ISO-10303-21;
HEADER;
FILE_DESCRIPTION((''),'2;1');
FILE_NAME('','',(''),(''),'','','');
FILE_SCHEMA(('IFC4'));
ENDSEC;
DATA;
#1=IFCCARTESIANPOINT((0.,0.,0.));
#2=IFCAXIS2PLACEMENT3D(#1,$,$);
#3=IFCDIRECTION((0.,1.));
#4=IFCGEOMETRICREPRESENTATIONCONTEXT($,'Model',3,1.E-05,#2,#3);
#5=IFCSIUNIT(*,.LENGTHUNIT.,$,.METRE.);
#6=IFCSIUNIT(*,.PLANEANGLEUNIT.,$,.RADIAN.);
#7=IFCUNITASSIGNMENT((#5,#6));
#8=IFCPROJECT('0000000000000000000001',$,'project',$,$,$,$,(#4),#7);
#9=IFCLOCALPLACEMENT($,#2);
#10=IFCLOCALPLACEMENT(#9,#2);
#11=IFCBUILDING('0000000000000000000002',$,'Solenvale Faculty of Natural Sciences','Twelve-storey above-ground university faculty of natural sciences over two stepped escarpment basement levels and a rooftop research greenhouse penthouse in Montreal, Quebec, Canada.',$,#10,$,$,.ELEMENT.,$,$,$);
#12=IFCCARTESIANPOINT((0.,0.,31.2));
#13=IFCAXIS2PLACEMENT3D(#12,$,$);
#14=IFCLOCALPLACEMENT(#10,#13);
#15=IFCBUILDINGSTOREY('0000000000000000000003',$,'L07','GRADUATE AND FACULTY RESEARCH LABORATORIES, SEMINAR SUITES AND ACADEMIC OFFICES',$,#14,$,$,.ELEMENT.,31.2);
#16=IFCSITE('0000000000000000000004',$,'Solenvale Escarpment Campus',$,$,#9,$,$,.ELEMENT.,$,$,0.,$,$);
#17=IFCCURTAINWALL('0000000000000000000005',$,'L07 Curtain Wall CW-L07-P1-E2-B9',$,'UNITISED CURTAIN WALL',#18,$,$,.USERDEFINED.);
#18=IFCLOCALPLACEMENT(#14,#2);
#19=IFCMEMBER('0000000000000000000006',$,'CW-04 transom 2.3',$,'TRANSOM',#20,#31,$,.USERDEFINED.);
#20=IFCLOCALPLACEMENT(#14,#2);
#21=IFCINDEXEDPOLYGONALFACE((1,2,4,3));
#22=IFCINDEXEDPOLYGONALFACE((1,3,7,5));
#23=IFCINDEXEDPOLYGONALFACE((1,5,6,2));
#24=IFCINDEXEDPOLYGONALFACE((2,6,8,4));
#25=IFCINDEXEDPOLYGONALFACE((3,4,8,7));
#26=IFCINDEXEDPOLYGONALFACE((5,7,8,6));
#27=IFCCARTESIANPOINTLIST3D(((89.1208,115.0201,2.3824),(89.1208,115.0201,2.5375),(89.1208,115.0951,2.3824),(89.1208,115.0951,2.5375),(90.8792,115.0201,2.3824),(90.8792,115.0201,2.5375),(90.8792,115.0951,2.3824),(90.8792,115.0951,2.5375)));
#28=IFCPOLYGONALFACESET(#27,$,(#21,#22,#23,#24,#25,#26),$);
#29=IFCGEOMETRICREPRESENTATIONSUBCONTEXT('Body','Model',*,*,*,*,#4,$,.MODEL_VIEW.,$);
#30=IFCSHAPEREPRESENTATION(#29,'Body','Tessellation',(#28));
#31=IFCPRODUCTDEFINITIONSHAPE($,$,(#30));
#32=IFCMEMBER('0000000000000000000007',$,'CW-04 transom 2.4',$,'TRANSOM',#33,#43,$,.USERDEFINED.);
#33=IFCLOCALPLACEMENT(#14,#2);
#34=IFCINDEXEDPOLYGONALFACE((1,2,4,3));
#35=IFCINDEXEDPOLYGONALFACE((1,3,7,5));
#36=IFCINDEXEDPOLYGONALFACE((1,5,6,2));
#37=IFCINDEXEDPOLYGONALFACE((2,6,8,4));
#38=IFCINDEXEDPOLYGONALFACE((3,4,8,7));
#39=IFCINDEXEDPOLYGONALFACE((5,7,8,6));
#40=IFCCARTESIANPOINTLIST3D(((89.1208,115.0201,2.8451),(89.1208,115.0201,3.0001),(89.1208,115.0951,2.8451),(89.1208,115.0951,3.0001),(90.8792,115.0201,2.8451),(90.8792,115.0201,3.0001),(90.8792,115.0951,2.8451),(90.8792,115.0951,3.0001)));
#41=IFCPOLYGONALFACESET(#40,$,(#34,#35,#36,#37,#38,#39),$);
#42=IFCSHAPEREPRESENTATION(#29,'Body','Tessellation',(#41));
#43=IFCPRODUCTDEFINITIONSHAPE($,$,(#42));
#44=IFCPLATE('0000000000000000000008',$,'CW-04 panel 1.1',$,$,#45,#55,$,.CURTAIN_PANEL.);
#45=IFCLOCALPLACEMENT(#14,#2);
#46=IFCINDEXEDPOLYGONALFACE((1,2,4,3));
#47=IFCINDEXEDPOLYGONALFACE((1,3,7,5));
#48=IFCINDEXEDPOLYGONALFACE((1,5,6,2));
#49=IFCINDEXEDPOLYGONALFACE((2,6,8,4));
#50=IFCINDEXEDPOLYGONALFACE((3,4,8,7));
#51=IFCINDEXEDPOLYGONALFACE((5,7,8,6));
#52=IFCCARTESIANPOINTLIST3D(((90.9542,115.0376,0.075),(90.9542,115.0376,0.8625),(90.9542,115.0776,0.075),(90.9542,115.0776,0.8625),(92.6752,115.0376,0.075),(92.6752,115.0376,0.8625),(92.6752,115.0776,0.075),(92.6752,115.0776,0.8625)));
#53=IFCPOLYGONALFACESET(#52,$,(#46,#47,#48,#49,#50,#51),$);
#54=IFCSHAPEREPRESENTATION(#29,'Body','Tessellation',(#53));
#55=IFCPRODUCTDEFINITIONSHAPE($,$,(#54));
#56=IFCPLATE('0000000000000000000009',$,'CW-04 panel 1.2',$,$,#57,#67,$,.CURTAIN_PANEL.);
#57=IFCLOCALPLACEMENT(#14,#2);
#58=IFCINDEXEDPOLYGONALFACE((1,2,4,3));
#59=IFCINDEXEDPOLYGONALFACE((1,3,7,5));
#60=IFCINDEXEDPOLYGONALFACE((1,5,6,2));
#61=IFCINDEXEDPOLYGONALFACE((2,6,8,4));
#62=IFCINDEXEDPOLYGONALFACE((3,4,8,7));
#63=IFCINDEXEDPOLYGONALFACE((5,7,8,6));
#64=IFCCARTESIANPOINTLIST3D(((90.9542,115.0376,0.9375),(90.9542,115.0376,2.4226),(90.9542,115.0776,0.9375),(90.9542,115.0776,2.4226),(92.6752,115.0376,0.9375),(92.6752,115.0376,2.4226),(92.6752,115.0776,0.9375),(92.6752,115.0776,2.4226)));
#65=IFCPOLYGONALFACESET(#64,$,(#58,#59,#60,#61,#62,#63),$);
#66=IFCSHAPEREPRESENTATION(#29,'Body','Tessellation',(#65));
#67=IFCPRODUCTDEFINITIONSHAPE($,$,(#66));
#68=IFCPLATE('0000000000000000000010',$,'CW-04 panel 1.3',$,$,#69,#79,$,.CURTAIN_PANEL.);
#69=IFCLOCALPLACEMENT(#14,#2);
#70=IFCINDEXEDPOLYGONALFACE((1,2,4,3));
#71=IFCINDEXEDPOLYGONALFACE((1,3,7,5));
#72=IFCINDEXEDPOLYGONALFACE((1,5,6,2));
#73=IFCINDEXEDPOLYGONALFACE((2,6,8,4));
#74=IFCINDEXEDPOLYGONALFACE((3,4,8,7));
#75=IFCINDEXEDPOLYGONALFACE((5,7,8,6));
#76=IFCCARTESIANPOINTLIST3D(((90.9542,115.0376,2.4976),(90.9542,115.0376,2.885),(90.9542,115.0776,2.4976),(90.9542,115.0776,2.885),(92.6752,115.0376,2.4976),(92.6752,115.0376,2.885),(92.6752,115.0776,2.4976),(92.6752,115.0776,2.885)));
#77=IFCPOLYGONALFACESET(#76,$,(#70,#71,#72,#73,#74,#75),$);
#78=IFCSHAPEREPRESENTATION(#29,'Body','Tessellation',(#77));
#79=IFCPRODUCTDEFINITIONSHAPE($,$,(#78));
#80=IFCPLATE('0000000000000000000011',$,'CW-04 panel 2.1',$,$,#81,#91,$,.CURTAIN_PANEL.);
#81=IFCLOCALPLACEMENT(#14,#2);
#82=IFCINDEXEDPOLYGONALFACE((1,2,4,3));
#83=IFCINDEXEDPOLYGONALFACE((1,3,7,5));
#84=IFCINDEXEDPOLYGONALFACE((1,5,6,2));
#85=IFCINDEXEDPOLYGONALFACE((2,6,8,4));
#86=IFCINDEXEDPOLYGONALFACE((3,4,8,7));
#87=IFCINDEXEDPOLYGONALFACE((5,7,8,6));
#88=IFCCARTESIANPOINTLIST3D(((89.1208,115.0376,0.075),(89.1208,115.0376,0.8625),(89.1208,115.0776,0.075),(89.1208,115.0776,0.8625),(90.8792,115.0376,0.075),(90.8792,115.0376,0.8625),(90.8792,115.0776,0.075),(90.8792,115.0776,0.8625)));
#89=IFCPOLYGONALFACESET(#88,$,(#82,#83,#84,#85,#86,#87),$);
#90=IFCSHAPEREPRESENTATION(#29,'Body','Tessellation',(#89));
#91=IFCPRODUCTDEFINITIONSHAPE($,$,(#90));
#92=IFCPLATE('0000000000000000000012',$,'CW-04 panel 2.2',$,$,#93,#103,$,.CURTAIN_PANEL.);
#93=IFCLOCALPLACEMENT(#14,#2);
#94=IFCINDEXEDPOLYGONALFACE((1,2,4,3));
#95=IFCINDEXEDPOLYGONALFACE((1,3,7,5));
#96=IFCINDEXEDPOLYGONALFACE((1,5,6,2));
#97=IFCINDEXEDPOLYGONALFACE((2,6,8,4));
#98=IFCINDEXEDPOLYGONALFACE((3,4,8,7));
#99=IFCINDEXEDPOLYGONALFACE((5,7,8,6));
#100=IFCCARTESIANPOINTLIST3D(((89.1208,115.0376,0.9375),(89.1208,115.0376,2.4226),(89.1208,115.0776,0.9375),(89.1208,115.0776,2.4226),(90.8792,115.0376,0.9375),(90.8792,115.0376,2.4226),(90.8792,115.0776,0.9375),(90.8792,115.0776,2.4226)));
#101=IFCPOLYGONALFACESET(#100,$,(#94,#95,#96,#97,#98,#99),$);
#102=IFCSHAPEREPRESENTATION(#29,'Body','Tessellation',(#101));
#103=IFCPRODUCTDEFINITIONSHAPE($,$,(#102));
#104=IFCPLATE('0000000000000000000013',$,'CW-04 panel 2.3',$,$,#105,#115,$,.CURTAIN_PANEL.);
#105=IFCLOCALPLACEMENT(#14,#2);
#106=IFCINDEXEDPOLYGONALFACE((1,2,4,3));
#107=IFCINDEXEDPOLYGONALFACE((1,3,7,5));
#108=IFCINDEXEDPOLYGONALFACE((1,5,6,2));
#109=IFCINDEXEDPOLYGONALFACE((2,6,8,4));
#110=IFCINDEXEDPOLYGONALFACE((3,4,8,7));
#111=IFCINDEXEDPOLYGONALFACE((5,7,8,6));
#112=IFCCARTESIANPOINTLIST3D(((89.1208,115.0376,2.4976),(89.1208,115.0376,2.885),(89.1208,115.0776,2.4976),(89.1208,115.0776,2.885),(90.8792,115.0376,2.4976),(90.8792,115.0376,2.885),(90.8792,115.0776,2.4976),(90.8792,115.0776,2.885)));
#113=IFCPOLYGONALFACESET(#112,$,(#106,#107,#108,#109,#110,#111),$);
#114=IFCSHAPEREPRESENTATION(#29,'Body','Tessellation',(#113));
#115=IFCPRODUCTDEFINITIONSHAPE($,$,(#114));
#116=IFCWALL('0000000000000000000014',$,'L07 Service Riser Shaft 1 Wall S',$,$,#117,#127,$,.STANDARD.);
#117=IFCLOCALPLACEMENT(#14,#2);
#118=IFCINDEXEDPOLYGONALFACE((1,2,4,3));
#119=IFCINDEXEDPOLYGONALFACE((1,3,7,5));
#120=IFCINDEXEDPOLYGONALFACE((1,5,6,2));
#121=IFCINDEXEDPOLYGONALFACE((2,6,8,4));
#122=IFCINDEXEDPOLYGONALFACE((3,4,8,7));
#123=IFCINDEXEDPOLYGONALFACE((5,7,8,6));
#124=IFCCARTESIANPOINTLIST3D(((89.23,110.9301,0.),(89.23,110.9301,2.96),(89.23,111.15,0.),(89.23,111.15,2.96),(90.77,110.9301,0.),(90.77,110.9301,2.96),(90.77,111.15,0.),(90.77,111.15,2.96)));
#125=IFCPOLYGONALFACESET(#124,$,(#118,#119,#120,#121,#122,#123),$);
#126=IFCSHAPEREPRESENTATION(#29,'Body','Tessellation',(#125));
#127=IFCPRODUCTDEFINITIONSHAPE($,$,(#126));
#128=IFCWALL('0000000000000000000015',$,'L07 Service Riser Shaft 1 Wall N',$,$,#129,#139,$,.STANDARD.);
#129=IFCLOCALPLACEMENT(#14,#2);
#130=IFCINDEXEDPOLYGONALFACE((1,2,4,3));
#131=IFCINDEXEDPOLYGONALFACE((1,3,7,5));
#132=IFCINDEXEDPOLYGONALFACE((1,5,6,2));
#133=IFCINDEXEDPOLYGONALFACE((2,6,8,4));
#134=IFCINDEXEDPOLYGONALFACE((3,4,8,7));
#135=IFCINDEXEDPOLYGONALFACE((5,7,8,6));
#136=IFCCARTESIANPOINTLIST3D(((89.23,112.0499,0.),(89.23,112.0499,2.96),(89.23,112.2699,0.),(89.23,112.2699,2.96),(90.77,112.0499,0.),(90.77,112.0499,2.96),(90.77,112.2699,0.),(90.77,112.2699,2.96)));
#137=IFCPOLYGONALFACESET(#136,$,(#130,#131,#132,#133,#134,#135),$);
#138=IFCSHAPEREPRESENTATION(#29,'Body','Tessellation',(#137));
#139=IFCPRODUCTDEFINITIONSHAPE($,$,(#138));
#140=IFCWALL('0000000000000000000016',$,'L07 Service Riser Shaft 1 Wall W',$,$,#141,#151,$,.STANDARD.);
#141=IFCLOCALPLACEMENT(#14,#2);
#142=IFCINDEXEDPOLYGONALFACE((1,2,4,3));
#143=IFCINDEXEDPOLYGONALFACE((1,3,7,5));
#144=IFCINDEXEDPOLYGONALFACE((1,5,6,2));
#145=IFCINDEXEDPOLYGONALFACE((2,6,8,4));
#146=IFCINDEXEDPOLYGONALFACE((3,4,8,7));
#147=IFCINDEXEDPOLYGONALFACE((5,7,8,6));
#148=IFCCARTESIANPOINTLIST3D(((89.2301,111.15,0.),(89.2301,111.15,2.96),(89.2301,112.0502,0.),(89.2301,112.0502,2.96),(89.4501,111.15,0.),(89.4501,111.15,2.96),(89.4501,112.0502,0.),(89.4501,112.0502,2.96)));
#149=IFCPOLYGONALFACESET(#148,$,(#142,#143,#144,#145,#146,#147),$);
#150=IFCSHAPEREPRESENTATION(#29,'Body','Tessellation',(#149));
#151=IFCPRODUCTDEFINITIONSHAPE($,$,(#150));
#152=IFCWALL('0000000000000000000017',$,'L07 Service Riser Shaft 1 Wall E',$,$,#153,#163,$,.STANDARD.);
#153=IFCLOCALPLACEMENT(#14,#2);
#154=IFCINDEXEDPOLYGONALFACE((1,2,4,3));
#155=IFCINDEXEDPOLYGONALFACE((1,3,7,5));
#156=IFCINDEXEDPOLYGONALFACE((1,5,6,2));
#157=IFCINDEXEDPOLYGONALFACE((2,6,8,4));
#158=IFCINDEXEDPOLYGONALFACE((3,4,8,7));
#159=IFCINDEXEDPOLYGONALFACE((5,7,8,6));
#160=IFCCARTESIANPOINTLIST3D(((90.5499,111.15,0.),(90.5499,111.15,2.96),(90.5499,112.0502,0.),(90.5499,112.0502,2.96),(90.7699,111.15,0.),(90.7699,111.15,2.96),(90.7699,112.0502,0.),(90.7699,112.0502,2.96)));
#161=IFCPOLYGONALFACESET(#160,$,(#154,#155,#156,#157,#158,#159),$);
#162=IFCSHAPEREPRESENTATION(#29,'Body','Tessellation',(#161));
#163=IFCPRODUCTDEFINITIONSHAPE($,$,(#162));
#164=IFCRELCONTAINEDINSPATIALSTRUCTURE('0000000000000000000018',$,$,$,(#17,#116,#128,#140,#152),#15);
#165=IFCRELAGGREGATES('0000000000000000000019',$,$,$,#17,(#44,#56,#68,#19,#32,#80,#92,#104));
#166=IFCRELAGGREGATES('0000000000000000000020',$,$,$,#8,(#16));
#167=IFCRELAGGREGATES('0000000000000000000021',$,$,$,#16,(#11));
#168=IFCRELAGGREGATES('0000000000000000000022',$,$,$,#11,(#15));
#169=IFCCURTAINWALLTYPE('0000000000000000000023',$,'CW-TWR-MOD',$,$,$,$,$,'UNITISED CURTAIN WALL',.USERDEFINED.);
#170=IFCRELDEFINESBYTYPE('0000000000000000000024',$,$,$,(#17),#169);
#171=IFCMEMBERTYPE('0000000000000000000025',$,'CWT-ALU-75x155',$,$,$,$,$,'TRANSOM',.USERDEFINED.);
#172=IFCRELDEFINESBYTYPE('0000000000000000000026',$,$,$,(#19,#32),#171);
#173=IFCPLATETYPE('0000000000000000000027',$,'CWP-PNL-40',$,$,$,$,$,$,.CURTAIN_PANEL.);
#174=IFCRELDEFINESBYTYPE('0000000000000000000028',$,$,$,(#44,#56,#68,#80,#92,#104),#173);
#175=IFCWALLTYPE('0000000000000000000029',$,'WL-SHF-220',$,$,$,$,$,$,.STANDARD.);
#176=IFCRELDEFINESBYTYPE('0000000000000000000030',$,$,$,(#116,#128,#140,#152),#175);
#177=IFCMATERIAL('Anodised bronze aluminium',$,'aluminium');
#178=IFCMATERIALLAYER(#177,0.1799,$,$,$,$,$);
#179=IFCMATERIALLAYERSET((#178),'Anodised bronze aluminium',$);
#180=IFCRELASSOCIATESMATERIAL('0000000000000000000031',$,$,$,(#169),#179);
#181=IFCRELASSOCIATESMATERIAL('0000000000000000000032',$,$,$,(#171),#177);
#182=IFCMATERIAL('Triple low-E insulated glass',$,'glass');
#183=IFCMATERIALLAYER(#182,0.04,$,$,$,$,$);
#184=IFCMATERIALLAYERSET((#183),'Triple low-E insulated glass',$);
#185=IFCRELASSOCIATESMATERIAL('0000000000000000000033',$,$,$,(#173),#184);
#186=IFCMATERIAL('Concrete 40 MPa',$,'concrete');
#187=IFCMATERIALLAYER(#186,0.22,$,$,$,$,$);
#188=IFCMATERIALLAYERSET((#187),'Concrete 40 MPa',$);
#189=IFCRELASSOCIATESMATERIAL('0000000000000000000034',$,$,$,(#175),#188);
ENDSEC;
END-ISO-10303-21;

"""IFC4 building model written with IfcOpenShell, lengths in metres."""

from ifc_helpers import new_model, si_unit, direction, frame, frame_2d, origin, origin_2d, place, context, subcontext, project, spatial, rectangle, extrude, material, layer, layer_set, material_profile, profile_set, type_object, element, aggregate, save


model = new_model("IFC4")

# Units and contexts
model_context = context("Model", 3, precision=1e-05, world=origin(), true_north=direction((0.0, 1.0)))
body_context = subcontext(model_context, "Body", "Model", "MODEL_VIEW")
ifc_project = project(units=[si_unit("LENGTHUNIT", "METRE"), si_unit("PLANEANGLEUNIT", "RADIAN")], contexts=[model_context])

# Site, building, storey
site_placement = place(None, origin())
site = spatial("IfcSite", under=ifc_project, at=site_placement, Name="Solenvale Escarpment Campus", CompositionType="ELEMENT", RefElevation=0.0)
building_placement = place(site_placement, origin())
building = spatial("IfcBuilding", under=site, at=building_placement, Name="Solenvale Faculty of Natural Sciences", Description="Twelve-storey above-ground university faculty of natural sciences over two stepped escarpment basement levels and a rooftop research greenhouse penthouse in Montreal, Quebec, Canada.", CompositionType="ELEMENT")
storey_placement = place(building_placement, frame((0.0, 0.0, 31.2)))
storey = spatial("IfcBuildingStorey", under=building, at=storey_placement, Name="L07", Description="GRADUATE AND FACULTY RESEARCH LABORATORIES, SEMINAR SUITES AND ACADEMIC OFFICES", CompositionType="ELEMENT", Elevation=31.2)

# Shared definitions
ifc_material_1 = material(Name="Concrete 40 MPa", Category="concrete")

# Curtain wall, members, plates
ifc_material_2 = material(Name="Anodised bronze aluminium", Category="aluminium")
ifc_layer_1 = layer(ifc_material_2, 0.1799)
ifc_layer_set_1 = layer_set([ifc_layer_1], Name="Anodised bronze aluminium")
curtain_wall_type = type_object("IfcCurtainWallType", Name="CW-TWR-MOD", ElementType="UNITISED CURTAIN WALL", PredefinedType="USERDEFINED", material=ifc_layer_set_1)
curtain_wall_placement = place(storey_placement, origin())
curtain_wall = element("IfcCurtainWall", 1, at=curtain_wall_placement, inside=storey, type_object=curtain_wall_type, Name="L07 Curtain Wall CW-L07-P1-E2-B9", ObjectType="UNITISED CURTAIN WALL", PredefinedType="USERDEFINED")
ifc_material_profile_1 = material_profile(ifc_material_2, rectangle(XDim=0.075, YDim=0.155, at=origin_2d()), Name="ALU-TRN-75x155")
ifc_profile_set_1 = profile_set([ifc_material_profile_1], Name="Anodised bronze aluminium")
member_type_1 = type_object("IfcMemberType", Name="CWT-ALU-75x155", ElementType="TRANSOM", PredefinedType="USERDEFINED", material=ifc_profile_set_1)
member_1_placement = place(storey_placement, frame((90.8792, 115.0576, 2.46), z_axis=(-1.0, 0.0, 0.0), x_axis=(0.0, -1.0, 0.0)))
member_1 = element("IfcMember", 2, at=member_1_placement, type_object=member_type_1, Name="CW-04 transom 2.3", ObjectType="TRANSOM", PredefinedType="USERDEFINED", context=body_context, shape_type="SweptSolid", body=[
    extrude(rectangle(XDim=0.075, YDim=0.155, at=origin_2d()), origin(), (0.0, 0.0, 1.0), 1.7583),
])
member_2_placement = place(storey_placement, frame((90.8792, 115.0576, 2.9226), z_axis=(-1.0, 0.0, 0.0), x_axis=(0.0, -1.0, 0.0)))
member_2 = element("IfcMember", 3, at=member_2_placement, type_object=member_type_1, Name="CW-04 transom 2.4", ObjectType="TRANSOM", PredefinedType="USERDEFINED", context=body_context, shape_type="SweptSolid", body=[
    extrude(rectangle(XDim=0.075, YDim=0.155, at=origin_2d()), origin(), (0.0, 0.0, 1.0), 1.7583),
])
ifc_material_3 = material(Name="Triple low-E insulated glass", Category="glass")
ifc_layer_2 = layer(ifc_material_3, 0.04)
ifc_layer_set_2 = layer_set([ifc_layer_2], Name="Triple low-E insulated glass")
plate_type = type_object("IfcPlateType", Name="CWP-PNL-40", PredefinedType="CURTAIN_PANEL", material=ifc_layer_set_2)
plate_1_placement = place(storey_placement, frame((91.8147, 115.0576, 0.075), z_axis=(0.0, 0.0, 1.0), x_axis=(-1.0, 0.0, 0.0)))
plate_1 = element("IfcPlate", 4, at=plate_1_placement, type_object=plate_type, Name="CW-04 panel 1.1", PredefinedType="CURTAIN_PANEL", context=body_context, shape_type="SweptSolid", body=[
    extrude(rectangle(XDim=1.7209, YDim=0.04, at=origin_2d()), origin(), (0.0, 0.0, 1.0), 0.7876),
])
plate_2_placement = place(storey_placement, frame((91.8147, 115.0576, 0.9375), z_axis=(0.0, 0.0, 1.0), x_axis=(-1.0, 0.0, 0.0)))
plate_2 = element("IfcPlate", 5, at=plate_2_placement, type_object=plate_type, Name="CW-04 panel 1.2", PredefinedType="CURTAIN_PANEL", context=body_context, shape_type="SweptSolid", body=[
    extrude(rectangle(XDim=1.7209, YDim=0.04, at=origin_2d()), origin(), (0.0, 0.0, 1.0), 1.4851),
])
plate_3_placement = place(storey_placement, frame((91.8147, 115.0576, 2.4976), z_axis=(0.0, 0.0, 1.0), x_axis=(-1.0, 0.0, 0.0)))
plate_3 = element("IfcPlate", 6, at=plate_3_placement, type_object=plate_type, Name="CW-04 panel 1.3", PredefinedType="CURTAIN_PANEL", context=body_context, shape_type="SweptSolid", body=[
    extrude(rectangle(XDim=1.7209, YDim=0.04, at=origin_2d()), origin(), (0.0, 0.0, 1.0), 0.3875),
])
plate_4_placement = place(storey_placement, frame((90.0, 115.0576, 0.075), z_axis=(0.0, 0.0, 1.0), x_axis=(-1.0, 0.0, 0.0)))
plate_4 = element("IfcPlate", 7, at=plate_4_placement, type_object=plate_type, Name="CW-04 panel 2.1", PredefinedType="CURTAIN_PANEL", context=body_context, shape_type="SweptSolid", body=[
    extrude(rectangle(XDim=1.7583, YDim=0.04, at=origin_2d()), origin(), (0.0, 0.0, 1.0), 0.7876),
])
plate_5_placement = place(storey_placement, frame((90.0, 115.0576, 0.9375), z_axis=(0.0, 0.0, 1.0), x_axis=(-1.0, 0.0, 0.0)))
plate_5 = element("IfcPlate", 8, at=plate_5_placement, type_object=plate_type, Name="CW-04 panel 2.2", PredefinedType="CURTAIN_PANEL", context=body_context, shape_type="SweptSolid", body=[
    extrude(rectangle(XDim=1.7583, YDim=0.04, at=origin_2d()), origin(), (0.0, 0.0, 1.0), 1.4851),
])
plate_6_placement = place(storey_placement, frame((90.0, 115.0576, 2.4976), z_axis=(0.0, 0.0, 1.0), x_axis=(-1.0, 0.0, 0.0)))
plate_6 = element("IfcPlate", 9, at=plate_6_placement, type_object=plate_type, Name="CW-04 panel 2.3", PredefinedType="CURTAIN_PANEL", context=body_context, shape_type="SweptSolid", body=[
    extrude(rectangle(XDim=1.7583, YDim=0.04, at=origin_2d()), origin(), (0.0, 0.0, 1.0), 0.3875),
])
aggregate(curtain_wall, [plate_1, plate_2, plate_3, member_1, member_2, plate_4, plate_5, plate_6])

# Walls
ifc_layer_3 = layer(ifc_material_1, 0.22)
ifc_layer_set_3 = layer_set([ifc_layer_3], Name="Concrete 40 MPa")
wall_type = type_object("IfcWallType", Name="WL-SHF-220", PredefinedType="STANDARD", material=ifc_layer_set_3)
for number, where, z_axis, x_axis, name in (
    (10, (89.23, 111.04, 0.0), (0.0, 0.0, 1.0), (1.0, 0.0, 0.0), "L07 Service Riser Shaft 1 Wall S"),
    (11, (89.23, 112.1599, 0.0), (0.0, 0.0, 1.0), (1.0, 0.0, 0.0), "L07 Service Riser Shaft 1 Wall N"),
):
    element("IfcWall", number, at=place(storey_placement, frame(where, z_axis=z_axis, x_axis=x_axis)), inside=storey, type_object=wall_type, Name=name, PredefinedType="STANDARD", context=body_context, shape_type="SweptSolid", body=[
        extrude(rectangle(XDim=1.54, YDim=0.22, at=frame_2d((0.77, 0.0))), origin(), (0.0, 0.0, 1.0), 2.96),
    ])
for number, where, z_axis, x_axis, name in (
    (12, (89.3401, 111.1499, 0.0), (0.0, 0.0, 1.0), (0.0, 1.0, 0.0), "L07 Service Riser Shaft 1 Wall W"),
    (13, (90.6599, 111.1499, 0.0), (0.0, 0.0, 1.0), (0.0, 1.0, 0.0), "L07 Service Riser Shaft 1 Wall E"),
):
    element("IfcWall", number, at=place(storey_placement, frame(where, z_axis=z_axis, x_axis=x_axis)), inside=storey, type_object=wall_type, Name=name, PredefinedType="STANDARD", context=body_context, shape_type="SweptSolid", body=[
        extrude(rectangle(XDim=0.9001, YDim=0.22, at=frame_2d((0.4502, 0.0))), origin(), (0.0, 0.0, 1.0), 2.96),
    ])

save(model, "model.ifc")
